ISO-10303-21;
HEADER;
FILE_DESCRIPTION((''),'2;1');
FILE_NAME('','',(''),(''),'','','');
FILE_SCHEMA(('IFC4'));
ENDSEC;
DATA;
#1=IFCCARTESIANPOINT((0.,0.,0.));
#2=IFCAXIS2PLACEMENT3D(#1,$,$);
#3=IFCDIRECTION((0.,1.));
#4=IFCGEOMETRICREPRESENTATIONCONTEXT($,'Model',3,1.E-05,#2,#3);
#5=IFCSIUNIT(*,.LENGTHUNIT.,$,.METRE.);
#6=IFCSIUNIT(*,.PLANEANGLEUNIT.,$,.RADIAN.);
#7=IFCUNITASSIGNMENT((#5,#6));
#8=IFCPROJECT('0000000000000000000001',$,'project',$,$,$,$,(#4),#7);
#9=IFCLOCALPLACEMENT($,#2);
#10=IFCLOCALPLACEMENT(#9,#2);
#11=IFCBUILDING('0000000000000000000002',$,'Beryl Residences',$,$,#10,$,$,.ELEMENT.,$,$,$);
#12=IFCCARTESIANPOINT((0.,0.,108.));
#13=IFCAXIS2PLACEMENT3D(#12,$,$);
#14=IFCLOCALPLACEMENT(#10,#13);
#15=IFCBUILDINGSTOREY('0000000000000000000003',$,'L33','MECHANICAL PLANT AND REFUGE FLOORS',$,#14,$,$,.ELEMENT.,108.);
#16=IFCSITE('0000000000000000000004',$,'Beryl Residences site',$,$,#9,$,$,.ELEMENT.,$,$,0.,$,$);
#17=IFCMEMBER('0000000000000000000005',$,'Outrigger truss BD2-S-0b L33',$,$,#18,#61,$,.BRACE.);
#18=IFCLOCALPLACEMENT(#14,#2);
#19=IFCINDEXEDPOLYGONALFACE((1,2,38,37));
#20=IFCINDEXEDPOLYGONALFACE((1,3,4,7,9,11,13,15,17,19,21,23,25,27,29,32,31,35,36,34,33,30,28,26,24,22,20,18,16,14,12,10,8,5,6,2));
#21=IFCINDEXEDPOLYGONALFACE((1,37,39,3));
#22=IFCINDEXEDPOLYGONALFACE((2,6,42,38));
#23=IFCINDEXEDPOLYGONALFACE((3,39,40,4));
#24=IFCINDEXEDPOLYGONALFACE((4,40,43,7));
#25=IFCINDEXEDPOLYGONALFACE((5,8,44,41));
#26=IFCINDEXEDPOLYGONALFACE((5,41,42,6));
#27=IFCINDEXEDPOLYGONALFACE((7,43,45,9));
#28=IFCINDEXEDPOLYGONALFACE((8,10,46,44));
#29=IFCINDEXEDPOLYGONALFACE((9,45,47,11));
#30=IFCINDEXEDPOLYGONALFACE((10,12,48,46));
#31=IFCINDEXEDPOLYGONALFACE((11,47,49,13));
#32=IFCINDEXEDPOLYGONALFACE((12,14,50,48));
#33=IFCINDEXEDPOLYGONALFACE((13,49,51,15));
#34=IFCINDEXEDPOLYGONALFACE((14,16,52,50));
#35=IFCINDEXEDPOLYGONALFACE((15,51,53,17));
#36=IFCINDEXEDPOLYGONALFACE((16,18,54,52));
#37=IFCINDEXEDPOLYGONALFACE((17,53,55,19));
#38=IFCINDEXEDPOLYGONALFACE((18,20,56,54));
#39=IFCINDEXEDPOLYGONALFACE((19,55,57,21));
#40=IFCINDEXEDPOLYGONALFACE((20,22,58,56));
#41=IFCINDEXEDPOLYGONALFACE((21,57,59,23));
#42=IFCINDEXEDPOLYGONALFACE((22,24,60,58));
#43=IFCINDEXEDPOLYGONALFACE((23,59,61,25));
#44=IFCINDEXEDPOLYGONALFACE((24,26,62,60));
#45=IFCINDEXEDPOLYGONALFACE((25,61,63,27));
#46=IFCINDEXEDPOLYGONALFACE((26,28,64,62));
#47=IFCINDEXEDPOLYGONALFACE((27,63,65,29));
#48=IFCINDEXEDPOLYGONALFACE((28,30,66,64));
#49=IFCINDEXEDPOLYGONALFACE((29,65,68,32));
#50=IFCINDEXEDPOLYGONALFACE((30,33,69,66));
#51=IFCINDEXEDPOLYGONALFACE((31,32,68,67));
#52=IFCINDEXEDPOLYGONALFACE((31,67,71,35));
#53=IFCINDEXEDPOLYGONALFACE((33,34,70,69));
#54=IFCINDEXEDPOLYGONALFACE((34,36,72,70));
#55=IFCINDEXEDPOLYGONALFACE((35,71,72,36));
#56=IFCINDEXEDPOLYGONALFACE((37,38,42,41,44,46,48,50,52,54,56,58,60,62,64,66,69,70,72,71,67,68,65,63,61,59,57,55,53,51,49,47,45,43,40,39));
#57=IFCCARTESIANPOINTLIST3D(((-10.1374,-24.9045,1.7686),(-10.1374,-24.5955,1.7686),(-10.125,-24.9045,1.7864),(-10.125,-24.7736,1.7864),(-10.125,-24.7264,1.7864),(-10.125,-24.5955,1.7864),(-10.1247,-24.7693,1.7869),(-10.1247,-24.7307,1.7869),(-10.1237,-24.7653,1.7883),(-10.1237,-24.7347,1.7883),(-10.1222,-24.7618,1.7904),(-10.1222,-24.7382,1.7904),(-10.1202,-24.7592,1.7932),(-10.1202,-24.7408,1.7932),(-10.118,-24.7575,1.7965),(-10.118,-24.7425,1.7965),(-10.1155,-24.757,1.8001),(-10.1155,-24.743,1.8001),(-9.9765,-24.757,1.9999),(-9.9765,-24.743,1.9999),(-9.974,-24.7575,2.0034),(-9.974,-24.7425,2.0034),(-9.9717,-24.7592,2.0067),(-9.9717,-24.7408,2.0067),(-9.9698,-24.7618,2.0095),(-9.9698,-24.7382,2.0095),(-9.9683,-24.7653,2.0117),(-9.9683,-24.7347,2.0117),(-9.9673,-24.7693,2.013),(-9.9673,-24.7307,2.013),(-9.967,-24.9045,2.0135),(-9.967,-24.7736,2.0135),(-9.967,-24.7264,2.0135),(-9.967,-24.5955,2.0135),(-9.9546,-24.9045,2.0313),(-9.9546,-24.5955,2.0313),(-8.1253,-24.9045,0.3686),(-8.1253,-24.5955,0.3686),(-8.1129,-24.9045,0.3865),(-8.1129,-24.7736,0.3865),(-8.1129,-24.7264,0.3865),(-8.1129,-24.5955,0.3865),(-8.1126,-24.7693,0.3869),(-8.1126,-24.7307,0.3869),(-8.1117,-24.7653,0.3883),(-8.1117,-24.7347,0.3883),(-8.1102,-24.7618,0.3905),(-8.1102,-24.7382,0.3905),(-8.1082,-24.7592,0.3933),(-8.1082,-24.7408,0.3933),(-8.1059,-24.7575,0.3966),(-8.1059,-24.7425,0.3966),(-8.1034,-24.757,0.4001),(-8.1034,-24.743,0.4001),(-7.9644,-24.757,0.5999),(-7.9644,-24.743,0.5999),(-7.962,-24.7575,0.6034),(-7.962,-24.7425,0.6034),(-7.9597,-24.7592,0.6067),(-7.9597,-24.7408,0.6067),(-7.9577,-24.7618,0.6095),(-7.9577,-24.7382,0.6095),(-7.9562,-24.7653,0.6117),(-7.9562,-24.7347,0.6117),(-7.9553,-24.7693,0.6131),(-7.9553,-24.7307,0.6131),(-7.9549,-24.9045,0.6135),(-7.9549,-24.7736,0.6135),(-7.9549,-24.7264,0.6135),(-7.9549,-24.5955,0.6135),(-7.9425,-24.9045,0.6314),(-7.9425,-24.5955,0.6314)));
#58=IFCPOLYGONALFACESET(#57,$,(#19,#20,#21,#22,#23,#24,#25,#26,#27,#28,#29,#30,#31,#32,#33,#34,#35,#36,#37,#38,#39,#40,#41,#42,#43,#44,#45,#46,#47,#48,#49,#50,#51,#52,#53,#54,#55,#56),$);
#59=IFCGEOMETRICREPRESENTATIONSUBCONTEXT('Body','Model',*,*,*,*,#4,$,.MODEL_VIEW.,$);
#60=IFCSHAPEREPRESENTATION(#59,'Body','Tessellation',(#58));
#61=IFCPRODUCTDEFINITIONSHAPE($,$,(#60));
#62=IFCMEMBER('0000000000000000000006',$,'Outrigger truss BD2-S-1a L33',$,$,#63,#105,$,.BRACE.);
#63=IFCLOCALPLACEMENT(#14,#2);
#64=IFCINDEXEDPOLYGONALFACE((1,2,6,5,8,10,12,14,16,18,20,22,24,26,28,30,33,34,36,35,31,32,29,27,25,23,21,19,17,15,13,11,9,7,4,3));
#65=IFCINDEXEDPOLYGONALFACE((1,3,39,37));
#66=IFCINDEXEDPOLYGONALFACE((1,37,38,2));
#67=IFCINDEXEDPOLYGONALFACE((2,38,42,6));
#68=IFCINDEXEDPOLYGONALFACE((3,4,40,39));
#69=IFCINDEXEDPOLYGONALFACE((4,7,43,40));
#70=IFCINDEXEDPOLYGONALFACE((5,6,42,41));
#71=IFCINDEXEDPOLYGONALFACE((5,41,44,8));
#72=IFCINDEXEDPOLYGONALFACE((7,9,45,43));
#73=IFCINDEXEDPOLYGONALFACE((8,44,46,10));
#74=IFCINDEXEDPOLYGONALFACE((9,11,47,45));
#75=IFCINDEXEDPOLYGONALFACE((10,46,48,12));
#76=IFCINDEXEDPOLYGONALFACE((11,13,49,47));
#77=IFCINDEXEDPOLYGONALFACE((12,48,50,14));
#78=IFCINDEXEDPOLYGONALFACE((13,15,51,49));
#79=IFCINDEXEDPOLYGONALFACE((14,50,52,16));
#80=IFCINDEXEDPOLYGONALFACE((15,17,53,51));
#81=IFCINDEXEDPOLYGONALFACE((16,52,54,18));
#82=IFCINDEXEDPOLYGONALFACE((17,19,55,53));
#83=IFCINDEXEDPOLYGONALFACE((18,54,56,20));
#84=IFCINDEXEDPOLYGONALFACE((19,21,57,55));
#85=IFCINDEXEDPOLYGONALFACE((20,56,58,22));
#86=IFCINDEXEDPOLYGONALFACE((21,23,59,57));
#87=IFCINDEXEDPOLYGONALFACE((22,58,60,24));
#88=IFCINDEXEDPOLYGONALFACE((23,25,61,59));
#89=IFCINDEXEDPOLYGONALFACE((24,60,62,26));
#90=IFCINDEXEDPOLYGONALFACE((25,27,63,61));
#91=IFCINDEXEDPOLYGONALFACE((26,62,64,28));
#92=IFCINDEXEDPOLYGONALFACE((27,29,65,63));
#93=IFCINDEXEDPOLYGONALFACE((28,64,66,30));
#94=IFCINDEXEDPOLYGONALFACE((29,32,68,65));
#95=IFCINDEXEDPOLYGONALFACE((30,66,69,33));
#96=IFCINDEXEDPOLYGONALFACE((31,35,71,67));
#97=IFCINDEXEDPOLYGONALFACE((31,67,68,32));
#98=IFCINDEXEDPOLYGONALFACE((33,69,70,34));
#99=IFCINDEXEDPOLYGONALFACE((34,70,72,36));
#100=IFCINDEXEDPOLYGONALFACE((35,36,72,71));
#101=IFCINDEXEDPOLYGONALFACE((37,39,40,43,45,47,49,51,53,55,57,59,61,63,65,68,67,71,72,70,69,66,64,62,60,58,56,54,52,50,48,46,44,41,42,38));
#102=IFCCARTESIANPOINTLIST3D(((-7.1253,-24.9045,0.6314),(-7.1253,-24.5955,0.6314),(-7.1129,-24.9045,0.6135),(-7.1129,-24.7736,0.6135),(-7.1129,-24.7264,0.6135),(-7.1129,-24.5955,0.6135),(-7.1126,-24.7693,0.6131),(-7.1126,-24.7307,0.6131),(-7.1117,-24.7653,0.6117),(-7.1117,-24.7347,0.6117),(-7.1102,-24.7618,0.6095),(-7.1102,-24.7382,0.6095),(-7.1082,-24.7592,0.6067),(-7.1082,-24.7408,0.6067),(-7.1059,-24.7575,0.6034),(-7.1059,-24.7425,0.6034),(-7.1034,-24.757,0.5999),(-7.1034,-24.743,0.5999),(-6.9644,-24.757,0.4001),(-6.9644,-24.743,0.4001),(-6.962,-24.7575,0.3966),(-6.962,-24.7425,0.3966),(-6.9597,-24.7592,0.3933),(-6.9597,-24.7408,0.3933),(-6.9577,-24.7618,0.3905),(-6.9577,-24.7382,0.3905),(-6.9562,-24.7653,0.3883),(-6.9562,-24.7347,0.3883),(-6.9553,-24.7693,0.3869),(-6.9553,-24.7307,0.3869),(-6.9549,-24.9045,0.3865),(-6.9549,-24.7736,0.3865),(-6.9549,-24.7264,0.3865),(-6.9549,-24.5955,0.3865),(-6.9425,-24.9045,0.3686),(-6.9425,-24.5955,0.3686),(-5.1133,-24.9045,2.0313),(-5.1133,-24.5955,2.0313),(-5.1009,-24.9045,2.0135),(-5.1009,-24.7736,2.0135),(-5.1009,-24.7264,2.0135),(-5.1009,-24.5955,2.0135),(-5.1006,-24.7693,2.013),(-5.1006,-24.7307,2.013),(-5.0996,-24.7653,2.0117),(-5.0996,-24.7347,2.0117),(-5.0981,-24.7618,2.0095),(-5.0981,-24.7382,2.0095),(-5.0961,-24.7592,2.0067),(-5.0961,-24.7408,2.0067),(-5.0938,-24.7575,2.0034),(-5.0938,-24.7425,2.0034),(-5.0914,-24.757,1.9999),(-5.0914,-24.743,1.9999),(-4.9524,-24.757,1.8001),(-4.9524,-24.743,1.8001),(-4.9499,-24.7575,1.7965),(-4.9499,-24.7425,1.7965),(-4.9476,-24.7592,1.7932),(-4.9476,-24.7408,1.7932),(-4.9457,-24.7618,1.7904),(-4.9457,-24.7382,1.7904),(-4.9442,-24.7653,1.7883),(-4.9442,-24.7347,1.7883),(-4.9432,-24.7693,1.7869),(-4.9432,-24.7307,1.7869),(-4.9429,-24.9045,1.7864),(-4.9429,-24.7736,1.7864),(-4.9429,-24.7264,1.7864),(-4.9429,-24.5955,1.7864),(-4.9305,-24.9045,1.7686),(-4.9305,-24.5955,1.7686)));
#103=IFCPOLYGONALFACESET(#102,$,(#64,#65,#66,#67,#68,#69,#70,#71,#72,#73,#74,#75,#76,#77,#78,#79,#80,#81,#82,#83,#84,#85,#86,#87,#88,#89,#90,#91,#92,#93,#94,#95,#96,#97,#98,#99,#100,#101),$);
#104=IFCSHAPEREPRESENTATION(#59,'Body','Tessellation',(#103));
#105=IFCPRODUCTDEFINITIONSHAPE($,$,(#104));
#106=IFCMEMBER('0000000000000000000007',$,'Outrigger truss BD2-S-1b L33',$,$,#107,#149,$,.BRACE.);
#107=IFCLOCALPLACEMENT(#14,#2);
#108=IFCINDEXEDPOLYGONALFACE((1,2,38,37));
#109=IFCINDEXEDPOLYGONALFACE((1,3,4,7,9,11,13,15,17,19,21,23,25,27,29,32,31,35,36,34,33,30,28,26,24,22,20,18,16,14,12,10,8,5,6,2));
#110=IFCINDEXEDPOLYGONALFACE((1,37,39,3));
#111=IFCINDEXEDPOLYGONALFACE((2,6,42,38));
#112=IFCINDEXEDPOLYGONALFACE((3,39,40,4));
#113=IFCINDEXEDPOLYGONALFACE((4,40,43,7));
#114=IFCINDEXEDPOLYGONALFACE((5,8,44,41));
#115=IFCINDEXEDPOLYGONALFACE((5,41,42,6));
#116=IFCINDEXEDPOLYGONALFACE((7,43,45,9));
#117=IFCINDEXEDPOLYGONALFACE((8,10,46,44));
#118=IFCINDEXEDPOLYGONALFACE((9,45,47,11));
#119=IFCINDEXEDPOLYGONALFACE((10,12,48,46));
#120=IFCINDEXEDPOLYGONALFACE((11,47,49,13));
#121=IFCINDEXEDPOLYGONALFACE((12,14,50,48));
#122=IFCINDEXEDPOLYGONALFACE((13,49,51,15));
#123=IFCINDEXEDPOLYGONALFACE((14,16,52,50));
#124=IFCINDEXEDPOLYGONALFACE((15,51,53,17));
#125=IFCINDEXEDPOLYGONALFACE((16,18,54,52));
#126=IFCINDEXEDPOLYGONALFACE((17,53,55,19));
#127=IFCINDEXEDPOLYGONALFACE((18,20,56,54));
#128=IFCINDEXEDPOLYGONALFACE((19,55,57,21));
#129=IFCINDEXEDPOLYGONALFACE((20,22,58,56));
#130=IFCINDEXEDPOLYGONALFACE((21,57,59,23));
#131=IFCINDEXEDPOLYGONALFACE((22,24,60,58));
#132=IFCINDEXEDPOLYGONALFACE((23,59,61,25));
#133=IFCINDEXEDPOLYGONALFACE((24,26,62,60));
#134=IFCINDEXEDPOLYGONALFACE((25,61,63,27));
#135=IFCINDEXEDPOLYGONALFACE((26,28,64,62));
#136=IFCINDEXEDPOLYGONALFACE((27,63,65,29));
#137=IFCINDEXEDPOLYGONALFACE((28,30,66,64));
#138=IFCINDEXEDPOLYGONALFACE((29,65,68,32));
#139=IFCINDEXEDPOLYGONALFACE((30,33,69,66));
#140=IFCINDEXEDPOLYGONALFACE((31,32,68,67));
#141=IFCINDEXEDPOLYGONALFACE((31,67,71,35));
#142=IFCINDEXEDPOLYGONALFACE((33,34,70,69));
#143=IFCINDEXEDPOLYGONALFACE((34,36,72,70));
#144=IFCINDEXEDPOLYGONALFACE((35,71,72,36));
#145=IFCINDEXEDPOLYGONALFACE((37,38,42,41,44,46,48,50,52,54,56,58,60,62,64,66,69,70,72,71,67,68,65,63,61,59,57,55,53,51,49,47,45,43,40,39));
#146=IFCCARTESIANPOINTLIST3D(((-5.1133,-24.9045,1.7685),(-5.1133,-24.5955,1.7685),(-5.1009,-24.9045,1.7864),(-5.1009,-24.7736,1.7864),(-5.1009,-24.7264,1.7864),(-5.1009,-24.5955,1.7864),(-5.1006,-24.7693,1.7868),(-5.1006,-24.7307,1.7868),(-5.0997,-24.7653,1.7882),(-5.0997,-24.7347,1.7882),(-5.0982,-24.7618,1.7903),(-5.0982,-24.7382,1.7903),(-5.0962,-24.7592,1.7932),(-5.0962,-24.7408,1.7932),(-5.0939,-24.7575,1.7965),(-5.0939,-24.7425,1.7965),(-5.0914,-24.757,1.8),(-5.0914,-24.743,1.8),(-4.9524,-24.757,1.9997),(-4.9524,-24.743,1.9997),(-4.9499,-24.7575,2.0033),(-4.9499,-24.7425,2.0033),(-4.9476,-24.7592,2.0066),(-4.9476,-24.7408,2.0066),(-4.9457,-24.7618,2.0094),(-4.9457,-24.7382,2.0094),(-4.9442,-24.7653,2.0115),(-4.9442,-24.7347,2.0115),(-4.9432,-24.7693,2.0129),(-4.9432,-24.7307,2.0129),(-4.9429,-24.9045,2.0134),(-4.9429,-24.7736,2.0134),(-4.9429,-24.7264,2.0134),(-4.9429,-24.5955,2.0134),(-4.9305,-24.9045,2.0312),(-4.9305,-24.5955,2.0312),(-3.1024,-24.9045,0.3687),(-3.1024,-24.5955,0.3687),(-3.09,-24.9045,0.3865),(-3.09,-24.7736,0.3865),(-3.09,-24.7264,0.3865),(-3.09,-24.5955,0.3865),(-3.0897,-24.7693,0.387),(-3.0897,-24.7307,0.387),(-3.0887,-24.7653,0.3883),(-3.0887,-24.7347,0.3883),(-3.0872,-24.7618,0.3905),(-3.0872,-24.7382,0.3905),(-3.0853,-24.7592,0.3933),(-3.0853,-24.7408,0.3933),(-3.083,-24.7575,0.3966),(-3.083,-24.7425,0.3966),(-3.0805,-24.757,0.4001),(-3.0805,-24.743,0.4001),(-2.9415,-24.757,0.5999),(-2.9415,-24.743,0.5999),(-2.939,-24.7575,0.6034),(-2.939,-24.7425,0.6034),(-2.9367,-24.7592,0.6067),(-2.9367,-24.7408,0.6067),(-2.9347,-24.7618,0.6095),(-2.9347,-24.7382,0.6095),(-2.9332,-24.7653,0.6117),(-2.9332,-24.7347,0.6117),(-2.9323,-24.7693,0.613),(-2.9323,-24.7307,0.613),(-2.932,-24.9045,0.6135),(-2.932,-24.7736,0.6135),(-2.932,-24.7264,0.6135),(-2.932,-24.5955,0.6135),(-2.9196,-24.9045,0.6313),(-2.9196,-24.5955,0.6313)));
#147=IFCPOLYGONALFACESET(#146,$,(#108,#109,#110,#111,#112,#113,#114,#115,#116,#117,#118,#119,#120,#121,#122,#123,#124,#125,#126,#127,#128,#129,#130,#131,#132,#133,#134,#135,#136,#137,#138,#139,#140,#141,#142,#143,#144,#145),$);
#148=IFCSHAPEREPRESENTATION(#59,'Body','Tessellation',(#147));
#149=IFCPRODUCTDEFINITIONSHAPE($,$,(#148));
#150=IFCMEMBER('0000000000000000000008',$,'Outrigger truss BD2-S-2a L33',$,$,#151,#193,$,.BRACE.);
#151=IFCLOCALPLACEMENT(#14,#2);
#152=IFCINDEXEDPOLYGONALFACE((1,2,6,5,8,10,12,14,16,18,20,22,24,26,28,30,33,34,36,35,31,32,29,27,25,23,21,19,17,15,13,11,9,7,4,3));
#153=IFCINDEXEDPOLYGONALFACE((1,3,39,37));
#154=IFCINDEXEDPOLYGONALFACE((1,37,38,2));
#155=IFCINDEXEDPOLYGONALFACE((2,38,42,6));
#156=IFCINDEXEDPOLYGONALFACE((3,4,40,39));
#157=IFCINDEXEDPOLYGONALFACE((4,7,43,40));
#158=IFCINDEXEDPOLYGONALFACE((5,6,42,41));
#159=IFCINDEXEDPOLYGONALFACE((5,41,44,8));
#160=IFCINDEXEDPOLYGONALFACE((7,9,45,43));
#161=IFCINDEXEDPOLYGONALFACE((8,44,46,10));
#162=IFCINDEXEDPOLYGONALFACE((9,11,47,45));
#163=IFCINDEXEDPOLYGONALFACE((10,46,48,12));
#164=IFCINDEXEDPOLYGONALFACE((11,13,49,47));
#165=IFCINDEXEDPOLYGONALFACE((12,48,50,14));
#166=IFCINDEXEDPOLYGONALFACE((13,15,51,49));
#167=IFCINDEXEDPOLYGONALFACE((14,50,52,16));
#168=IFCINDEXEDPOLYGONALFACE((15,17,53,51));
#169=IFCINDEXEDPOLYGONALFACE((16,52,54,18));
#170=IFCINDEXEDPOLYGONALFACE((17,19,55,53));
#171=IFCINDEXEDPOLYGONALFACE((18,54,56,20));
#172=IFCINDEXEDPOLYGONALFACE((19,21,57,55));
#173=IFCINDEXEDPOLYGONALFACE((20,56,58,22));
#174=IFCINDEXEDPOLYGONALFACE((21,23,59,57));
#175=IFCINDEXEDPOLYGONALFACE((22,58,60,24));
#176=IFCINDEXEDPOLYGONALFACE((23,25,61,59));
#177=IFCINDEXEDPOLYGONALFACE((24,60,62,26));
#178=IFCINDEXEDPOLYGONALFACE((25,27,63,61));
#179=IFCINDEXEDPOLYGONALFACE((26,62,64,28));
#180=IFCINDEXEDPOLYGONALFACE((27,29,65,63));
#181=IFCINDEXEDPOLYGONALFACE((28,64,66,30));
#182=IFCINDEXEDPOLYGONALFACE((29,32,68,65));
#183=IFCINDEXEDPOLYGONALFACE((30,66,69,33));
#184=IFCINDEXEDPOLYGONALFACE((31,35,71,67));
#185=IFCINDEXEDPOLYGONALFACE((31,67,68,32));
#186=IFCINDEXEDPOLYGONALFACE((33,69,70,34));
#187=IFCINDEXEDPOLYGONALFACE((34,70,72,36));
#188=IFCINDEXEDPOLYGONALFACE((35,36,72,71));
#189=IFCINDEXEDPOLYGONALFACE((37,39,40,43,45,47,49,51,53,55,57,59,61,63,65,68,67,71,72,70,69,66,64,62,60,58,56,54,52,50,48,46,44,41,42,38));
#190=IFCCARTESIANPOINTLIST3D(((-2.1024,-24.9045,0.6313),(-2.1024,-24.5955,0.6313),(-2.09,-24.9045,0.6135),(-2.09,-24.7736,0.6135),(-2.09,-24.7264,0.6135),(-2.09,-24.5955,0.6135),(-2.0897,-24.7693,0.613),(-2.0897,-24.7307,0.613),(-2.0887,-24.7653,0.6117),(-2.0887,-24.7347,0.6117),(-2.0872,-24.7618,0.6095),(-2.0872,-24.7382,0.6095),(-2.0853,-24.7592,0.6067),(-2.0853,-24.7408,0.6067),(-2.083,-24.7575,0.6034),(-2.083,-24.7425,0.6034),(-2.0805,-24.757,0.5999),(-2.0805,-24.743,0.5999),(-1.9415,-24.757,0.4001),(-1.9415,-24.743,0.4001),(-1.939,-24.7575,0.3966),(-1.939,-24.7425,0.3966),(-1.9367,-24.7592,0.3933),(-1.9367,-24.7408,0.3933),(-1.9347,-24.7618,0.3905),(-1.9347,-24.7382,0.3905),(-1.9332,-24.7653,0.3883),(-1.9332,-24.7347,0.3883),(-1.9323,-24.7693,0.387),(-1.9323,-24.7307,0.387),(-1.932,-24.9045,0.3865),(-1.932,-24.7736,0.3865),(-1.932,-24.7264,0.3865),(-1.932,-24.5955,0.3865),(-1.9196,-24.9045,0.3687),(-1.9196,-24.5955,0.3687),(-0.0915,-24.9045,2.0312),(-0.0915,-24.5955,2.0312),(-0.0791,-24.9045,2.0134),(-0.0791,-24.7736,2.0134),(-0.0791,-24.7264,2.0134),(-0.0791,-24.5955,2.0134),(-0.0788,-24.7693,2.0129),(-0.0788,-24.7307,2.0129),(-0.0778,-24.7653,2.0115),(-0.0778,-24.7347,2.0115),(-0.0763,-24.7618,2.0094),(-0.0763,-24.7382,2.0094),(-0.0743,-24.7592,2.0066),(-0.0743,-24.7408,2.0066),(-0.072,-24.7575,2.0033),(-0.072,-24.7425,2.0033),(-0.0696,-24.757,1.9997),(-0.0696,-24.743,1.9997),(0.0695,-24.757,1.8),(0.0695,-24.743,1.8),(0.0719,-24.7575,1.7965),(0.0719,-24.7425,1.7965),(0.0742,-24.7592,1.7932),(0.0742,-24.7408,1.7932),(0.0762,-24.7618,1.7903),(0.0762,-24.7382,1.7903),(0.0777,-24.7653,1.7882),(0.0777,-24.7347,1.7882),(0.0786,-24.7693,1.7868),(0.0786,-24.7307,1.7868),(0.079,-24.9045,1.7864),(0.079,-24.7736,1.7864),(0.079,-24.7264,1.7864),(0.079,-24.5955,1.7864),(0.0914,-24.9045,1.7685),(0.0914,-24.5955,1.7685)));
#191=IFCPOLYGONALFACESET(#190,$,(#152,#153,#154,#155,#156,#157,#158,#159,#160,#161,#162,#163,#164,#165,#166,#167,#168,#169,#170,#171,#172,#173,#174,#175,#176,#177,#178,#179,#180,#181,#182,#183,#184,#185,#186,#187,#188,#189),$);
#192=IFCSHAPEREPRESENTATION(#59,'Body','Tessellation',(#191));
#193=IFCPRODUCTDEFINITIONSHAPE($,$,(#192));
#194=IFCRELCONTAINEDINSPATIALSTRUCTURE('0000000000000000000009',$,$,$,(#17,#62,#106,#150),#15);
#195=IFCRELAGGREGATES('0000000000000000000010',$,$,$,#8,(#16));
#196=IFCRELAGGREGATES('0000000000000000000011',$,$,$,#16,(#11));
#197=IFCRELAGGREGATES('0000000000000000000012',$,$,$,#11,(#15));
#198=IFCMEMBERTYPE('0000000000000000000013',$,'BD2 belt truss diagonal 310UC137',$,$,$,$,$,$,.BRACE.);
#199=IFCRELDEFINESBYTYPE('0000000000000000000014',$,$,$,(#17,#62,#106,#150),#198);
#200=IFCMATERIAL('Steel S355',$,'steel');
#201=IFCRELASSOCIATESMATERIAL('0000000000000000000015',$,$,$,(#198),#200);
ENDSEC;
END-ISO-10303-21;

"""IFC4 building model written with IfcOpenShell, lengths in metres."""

from ifc_helpers import new_model, si_unit, direction, frame, origin, origin_2d, place, context, subcontext, project, spatial, i_section, extrude, material, material_profile, profile_set, type_object, element, save


model = new_model("IFC4")

# Units and contexts
model_context = context("Model", 3, precision=1e-05, world=origin(), true_north=direction((0.0, 1.0)))
body_context = subcontext(model_context, "Body", "Model", "MODEL_VIEW")
ifc_project = project(units=[si_unit("LENGTHUNIT", "METRE"), si_unit("PLANEANGLEUNIT", "RADIAN")], contexts=[model_context])

# Site, building, storey
site_placement = place(None, origin())
site = spatial("IfcSite", under=ifc_project, at=site_placement, Name="Beryl Residences site", CompositionType="ELEMENT", RefElevation=0.0)
building_placement = place(site_placement, origin())
building = spatial("IfcBuilding", under=site, at=building_placement, Name="Beryl Residences", CompositionType="ELEMENT")
storey_placement = place(building_placement, frame((0.0, 0.0, 108.0)))
storey = spatial("IfcBuildingStorey", under=building, at=storey_placement, Name="L33", Description="MECHANICAL PLANT AND REFUGE FLOORS", CompositionType="ELEMENT", Elevation=108.0)

# Members
ifc_material_1 = material(Name="Steel S355", Category="steel")
ifc_material_profile_1 = material_profile(ifc_material_1, i_section(OverallWidth=0.3091, OverallDepth=0.3201, WebThickness=0.0139, FlangeThickness=0.0217, FilletRadius=0.0166, at=origin_2d()))
ifc_profile_set_1 = profile_set([ifc_material_profile_1], Name="Steel S355")
member_type_1 = type_object("IfcMemberType", Name="BD2 belt truss diagonal 310UC137", PredefinedType="BRACE", material=ifc_profile_set_1)
for number, where, z_axis, x_axis, name in (
    (1, (-8.0339, -24.75, 0.5), (-0.820852, 0.0, 0.57114), (0.0, -1.0, 0.0), "Outrigger truss BD2-S-0b L33"),
    (2, (-7.0339, -24.75, 0.5), (0.820852, 0.0, 0.57114), (0.0, 1.0, 0.0), "Outrigger truss BD2-S-1a L33"),
):
    element("IfcMember", number, at=place(storey_placement, frame(where, z_axis=z_axis, x_axis=x_axis)), inside=storey, type_object=member_type_1, Name=name, PredefinedType="BRACE", context=body_context, shape_type="SweptSolid", body=[
        extrude(i_section(OverallWidth=0.3091, OverallDepth=0.3201, WebThickness=0.0139, FlangeThickness=0.0217, FilletRadius=0.0166, at=origin_2d()), origin(), (0.0, 0.0, 1.0), 2.4512),
    ])
for number, where, z_axis, x_axis, name in (
    (3, (-3.011, -24.75, 0.5), (-0.820722, 0.0, 0.571327), (0.0, -1.0, 0.0), "Outrigger truss BD2-S-1b L33"),
    (4, (-2.011, -24.75, 0.5), (0.820722, 0.0, 0.571327), (0.0, 1.0, 0.0), "Outrigger truss BD2-S-2a L33"),
):
    element("IfcMember", number, at=place(storey_placement, frame(where, z_axis=z_axis, x_axis=x_axis)), inside=storey, type_object=member_type_1, Name=name, PredefinedType="BRACE", context=body_context, shape_type="SweptSolid", body=[
        extrude(i_section(OverallWidth=0.3091, OverallDepth=0.3201, WebThickness=0.0139, FlangeThickness=0.0217, FilletRadius=0.0166, at=origin_2d()), origin(), (0.0, 0.0, 1.0), 2.4502),
    ])

save(model, "model.ifc")
